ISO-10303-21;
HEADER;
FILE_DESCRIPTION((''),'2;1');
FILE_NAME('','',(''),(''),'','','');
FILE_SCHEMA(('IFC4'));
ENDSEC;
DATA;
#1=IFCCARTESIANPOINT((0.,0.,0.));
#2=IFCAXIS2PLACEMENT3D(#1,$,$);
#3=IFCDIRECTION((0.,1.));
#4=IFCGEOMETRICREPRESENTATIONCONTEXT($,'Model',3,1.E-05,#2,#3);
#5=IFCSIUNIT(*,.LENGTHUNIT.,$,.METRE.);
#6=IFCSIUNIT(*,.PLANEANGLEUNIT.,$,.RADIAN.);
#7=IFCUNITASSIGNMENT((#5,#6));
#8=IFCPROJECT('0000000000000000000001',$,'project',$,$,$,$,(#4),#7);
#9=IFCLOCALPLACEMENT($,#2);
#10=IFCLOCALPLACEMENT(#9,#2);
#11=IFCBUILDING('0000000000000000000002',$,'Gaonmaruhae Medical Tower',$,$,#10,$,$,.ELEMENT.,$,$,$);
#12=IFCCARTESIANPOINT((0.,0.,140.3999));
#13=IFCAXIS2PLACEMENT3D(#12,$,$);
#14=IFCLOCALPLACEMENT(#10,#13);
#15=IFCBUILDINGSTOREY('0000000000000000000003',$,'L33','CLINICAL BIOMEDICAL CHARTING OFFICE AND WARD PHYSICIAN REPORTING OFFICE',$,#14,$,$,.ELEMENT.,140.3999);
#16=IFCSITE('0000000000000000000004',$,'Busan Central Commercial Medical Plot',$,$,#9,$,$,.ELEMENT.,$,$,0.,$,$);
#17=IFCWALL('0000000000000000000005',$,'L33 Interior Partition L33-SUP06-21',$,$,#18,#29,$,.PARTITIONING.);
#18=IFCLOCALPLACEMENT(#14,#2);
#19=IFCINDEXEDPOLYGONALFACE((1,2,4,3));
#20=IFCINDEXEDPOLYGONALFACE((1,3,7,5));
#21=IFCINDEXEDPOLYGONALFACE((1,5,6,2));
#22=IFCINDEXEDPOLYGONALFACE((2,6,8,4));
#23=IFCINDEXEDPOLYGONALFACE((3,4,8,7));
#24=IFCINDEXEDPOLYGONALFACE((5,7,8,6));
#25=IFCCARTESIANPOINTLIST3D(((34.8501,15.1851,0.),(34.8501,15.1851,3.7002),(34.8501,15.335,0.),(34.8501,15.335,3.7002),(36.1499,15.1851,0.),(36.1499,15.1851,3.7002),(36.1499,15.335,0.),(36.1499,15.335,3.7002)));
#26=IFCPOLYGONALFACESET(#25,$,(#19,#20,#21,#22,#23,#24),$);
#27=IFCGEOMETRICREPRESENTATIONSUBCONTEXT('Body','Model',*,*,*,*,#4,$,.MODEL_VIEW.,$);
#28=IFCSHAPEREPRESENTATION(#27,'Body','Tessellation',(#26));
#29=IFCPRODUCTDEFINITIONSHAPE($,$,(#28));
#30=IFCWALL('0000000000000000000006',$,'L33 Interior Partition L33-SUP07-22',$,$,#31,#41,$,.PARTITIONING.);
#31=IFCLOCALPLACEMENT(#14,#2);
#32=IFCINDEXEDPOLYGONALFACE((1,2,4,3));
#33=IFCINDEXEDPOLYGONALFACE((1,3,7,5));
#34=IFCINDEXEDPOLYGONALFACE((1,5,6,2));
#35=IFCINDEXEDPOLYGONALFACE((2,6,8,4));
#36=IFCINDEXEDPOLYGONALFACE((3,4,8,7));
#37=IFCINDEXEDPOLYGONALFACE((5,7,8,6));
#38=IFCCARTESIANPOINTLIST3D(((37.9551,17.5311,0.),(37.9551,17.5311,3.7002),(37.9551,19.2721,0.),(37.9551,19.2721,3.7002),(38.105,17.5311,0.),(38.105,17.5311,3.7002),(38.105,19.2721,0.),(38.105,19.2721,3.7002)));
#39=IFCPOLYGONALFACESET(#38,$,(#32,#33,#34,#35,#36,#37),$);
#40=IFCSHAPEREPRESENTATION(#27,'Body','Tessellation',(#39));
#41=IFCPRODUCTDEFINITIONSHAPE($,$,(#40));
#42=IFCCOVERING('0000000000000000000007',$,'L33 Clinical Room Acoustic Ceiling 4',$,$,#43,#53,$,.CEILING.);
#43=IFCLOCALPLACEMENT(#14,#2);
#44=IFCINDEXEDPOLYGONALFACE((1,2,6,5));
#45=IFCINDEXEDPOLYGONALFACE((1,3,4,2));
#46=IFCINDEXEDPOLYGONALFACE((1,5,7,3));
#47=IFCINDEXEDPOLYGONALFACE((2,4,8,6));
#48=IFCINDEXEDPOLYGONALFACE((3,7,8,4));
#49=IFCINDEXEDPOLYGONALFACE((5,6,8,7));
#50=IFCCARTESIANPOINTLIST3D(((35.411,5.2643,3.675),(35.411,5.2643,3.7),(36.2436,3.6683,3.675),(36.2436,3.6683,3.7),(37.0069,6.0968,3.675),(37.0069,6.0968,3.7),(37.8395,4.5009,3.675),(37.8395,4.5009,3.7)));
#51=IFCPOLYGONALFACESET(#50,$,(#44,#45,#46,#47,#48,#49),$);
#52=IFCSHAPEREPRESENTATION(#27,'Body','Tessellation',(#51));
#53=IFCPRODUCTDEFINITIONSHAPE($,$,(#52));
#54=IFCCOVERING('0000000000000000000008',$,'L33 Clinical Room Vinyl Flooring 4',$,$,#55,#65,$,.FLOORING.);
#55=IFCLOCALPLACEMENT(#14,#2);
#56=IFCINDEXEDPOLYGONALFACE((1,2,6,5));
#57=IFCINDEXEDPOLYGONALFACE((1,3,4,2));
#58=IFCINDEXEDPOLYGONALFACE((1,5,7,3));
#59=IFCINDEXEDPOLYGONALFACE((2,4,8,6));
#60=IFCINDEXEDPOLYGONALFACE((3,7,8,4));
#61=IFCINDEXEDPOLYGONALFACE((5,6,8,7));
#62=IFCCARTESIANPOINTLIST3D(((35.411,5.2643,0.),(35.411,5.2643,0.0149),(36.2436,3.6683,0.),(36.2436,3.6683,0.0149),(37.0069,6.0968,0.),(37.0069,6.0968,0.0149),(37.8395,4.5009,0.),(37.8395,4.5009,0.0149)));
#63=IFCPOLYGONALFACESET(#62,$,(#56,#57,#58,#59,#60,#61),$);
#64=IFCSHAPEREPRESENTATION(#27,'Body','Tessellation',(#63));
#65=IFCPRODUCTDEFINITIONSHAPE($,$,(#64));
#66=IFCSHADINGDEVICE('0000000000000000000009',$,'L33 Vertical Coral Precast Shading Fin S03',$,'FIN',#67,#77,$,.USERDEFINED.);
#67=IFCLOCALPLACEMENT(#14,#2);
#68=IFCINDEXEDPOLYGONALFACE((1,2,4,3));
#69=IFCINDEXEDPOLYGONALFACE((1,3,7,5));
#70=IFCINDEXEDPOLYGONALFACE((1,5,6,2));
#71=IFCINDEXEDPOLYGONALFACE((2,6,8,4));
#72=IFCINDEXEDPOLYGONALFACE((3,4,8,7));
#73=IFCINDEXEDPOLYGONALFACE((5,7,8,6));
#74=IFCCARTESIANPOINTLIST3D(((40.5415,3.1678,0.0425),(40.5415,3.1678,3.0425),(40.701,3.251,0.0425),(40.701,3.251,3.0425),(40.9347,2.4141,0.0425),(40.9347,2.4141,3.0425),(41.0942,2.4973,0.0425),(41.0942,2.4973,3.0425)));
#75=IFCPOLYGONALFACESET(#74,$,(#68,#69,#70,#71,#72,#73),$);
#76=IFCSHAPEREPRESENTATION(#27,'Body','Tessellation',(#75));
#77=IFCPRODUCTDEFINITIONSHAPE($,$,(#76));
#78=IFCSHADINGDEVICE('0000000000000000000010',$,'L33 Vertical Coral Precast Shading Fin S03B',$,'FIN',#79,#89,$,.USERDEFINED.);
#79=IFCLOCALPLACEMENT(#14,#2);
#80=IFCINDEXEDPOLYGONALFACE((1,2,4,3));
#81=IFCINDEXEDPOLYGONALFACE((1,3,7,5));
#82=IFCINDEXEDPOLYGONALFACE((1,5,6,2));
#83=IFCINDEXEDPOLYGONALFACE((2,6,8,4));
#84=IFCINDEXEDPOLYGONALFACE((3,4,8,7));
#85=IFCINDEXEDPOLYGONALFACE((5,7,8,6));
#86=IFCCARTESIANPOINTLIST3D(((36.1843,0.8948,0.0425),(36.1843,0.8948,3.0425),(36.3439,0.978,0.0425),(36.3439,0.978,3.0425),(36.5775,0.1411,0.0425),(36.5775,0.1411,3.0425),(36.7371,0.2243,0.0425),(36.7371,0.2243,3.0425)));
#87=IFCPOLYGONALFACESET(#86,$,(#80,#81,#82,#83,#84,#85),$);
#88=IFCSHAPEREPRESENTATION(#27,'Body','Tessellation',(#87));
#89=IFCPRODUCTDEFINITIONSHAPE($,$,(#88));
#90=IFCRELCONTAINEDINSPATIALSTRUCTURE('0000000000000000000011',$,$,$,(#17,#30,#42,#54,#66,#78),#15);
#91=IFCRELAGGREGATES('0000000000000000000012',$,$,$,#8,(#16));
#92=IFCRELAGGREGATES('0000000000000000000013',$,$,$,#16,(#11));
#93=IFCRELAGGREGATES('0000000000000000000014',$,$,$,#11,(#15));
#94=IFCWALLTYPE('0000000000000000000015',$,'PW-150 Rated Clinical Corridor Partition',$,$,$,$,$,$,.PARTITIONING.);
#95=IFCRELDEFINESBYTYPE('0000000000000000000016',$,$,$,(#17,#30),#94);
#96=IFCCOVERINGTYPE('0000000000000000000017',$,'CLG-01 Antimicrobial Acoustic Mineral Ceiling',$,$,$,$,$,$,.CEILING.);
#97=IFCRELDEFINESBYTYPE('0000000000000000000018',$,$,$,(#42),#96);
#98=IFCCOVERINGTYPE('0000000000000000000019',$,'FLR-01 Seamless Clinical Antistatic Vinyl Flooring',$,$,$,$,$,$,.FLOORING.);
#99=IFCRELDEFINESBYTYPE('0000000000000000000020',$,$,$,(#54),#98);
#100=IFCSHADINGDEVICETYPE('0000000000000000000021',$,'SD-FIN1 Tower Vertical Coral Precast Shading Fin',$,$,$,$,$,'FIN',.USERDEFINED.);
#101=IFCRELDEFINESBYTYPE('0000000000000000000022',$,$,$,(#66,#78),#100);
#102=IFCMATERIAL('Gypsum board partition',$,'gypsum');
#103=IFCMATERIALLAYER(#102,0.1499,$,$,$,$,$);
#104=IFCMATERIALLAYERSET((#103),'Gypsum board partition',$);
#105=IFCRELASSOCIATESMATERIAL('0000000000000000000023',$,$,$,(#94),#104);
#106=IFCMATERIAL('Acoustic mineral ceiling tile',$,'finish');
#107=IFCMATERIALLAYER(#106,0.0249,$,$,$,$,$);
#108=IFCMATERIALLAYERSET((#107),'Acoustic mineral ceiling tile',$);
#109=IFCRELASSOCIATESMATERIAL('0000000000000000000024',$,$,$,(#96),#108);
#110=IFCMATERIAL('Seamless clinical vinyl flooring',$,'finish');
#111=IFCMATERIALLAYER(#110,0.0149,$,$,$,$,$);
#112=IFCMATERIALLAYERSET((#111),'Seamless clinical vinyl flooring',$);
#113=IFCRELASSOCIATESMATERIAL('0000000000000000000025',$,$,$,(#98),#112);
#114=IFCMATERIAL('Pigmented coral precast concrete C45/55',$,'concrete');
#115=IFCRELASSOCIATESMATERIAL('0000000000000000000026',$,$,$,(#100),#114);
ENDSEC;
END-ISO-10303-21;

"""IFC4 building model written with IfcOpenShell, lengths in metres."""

from ifc_helpers import new_model, si_unit, direction, frame, frame_2d, origin, origin_2d, place, context, subcontext, project, spatial, rectangle, extrude, material, layer, layer_set, type_object, element, save


model = new_model("IFC4")

# Units and contexts
model_context = context("Model", 3, precision=1e-05, world=origin(), true_north=direction((0.0, 1.0)))
body_context = subcontext(model_context, "Body", "Model", "MODEL_VIEW")
ifc_project = project(units=[si_unit("LENGTHUNIT", "METRE"), si_unit("PLANEANGLEUNIT", "RADIAN")], contexts=[model_context])

# Site, building, storey
site_placement = place(None, origin())
site = spatial("IfcSite", under=ifc_project, at=site_placement, Name="Busan Central Commercial Medical Plot", CompositionType="ELEMENT", RefElevation=0.0)
building_placement = place(site_placement, origin())
building = spatial("IfcBuilding", under=site, at=building_placement, Name="Gaonmaruhae Medical Tower", CompositionType="ELEMENT")
storey_placement = place(building_placement, frame((0.0, 0.0, 140.3999)))
storey = spatial("IfcBuildingStorey", under=building, at=storey_placement, Name="L33", Description="CLINICAL BIOMEDICAL CHARTING OFFICE AND WARD PHYSICIAN REPORTING OFFICE", CompositionType="ELEMENT", Elevation=140.3999)

# Shared definitions
ifc_material_1 = material(Name="Gypsum board partition", Category="gypsum")
ifc_layer_1 = layer(ifc_material_1, 0.1499)
ifc_layer_set_1 = layer_set([ifc_layer_1], Name="Gypsum board partition")
wall_type_1 = type_object("IfcWallType", Name="PW-150 Rated Clinical Corridor Partition", PredefinedType="PARTITIONING", material=ifc_layer_set_1)

# Walls
wall_1_placement = place(storey_placement, frame((36.1499, 15.26, 0.0), z_axis=(0.0, 0.0, 1.0), x_axis=(-1.0, 0.0, 0.0)))
element("IfcWall", 1, at=wall_1_placement, inside=storey, type_object=wall_type_1, Name="L33 Interior Partition L33-SUP06-21", PredefinedType="PARTITIONING", context=body_context, shape_type="SweptSolid", body=[
    extrude(rectangle(XDim=1.2998, YDim=0.1499, at=frame_2d((0.6499, 0.0))), origin(), (0.0, 0.0, 1.0), 3.7002),
])
wall_2_placement = place(storey_placement, frame((38.03, 17.531, 0.0), z_axis=(0.0, 0.0, 1.0), x_axis=(0.0, 1.0, 0.0)))
element("IfcWall", 2, at=wall_2_placement, inside=storey, type_object=wall_type_1, Name="L33 Interior Partition L33-SUP07-22", PredefinedType="PARTITIONING", context=body_context, shape_type="SweptSolid", body=[
    extrude(rectangle(XDim=1.741, YDim=0.1499, at=frame_2d((0.8706, 0.0))), origin(), (0.0, 0.0, 1.0), 3.7002),
])

# Coverings
ifc_material_2 = material(Name="Acoustic mineral ceiling tile", Category="finish")
ifc_layer_2 = layer(ifc_material_2, 0.0249)
ifc_layer_set_2 = layer_set([ifc_layer_2], Name="Acoustic mineral ceiling tile")
covering_type_1 = type_object("IfcCoveringType", Name="CLG-01 Antimicrobial Acoustic Mineral Ceiling", PredefinedType="CEILING", material=ifc_layer_set_2)
covering_1_placement = place(storey_placement, frame((36.6252, 4.8826, 3.675), z_axis=(0.0, 0.0, 1.0), x_axis=(0.886608, 0.462523, 0.0)))
element("IfcCovering", 3, at=covering_1_placement, inside=storey, type_object=covering_type_1, Name="L33 Clinical Room Acoustic Ceiling 4", PredefinedType="CEILING", context=body_context, shape_type="SweptSolid", body=[
    extrude(rectangle(XDim=1.8, YDim=1.8, at=origin_2d()), origin(), (0.0, 0.0, 1.0), 0.0249),
])
ifc_material_3 = material(Name="Seamless clinical vinyl flooring", Category="finish")
ifc_layer_3 = layer(ifc_material_3, 0.0149)
ifc_layer_set_3 = layer_set([ifc_layer_3], Name="Seamless clinical vinyl flooring")
covering_type_2 = type_object("IfcCoveringType", Name="FLR-01 Seamless Clinical Antistatic Vinyl Flooring", PredefinedType="FLOORING", material=ifc_layer_set_3)
covering_2_placement = place(storey_placement, frame((36.6252, 4.8826, 0.0), z_axis=(0.0, 0.0, 1.0), x_axis=(0.886608, 0.462523, 0.0)))
element("IfcCovering", 4, at=covering_2_placement, inside=storey, type_object=covering_type_2, Name="L33 Clinical Room Vinyl Flooring 4", PredefinedType="FLOORING", context=body_context, shape_type="SweptSolid", body=[
    extrude(rectangle(XDim=1.8, YDim=1.8, at=origin_2d()), origin(), (0.0, 0.0, 1.0), 0.0149),
])

# Shading devices
ifc_material_4 = material(Name="Pigmented coral precast concrete C45/55", Category="concrete")
shading_device_type = type_object("IfcShadingDeviceType", Name="SD-FIN1 Tower Vertical Coral Precast Shading Fin", ElementType="FIN", PredefinedType="USERDEFINED", material=ifc_material_4)
for number, where, z_axis, x_axis, name in (
    (5, (40.8179, 2.8325, 0.0425), (0.0, 0.0, 1.0), (-0.886608, -0.462523, 0.0), "L33 Vertical Coral Precast Shading Fin S03"),
    (6, (36.4607, 0.5596, 0.0425), (0.0, 0.0, 1.0), (-0.886608, -0.462523, 0.0), "L33 Vertical Coral Precast Shading Fin S03B"),
):
    element("IfcShadingDevice", number, at=place(storey_placement, frame(where, z_axis=z_axis, x_axis=x_axis)), inside=storey, type_object=shading_device_type, Name=name, ObjectType="FIN", PredefinedType="USERDEFINED", context=body_context, shape_type="SweptSolid", body=[
        extrude(rectangle(XDim=0.1799, YDim=0.8501, at=origin_2d()), origin(), (0.0, 0.0, 1.0), 3.0),
    ])

save(model, "model.ifc")
